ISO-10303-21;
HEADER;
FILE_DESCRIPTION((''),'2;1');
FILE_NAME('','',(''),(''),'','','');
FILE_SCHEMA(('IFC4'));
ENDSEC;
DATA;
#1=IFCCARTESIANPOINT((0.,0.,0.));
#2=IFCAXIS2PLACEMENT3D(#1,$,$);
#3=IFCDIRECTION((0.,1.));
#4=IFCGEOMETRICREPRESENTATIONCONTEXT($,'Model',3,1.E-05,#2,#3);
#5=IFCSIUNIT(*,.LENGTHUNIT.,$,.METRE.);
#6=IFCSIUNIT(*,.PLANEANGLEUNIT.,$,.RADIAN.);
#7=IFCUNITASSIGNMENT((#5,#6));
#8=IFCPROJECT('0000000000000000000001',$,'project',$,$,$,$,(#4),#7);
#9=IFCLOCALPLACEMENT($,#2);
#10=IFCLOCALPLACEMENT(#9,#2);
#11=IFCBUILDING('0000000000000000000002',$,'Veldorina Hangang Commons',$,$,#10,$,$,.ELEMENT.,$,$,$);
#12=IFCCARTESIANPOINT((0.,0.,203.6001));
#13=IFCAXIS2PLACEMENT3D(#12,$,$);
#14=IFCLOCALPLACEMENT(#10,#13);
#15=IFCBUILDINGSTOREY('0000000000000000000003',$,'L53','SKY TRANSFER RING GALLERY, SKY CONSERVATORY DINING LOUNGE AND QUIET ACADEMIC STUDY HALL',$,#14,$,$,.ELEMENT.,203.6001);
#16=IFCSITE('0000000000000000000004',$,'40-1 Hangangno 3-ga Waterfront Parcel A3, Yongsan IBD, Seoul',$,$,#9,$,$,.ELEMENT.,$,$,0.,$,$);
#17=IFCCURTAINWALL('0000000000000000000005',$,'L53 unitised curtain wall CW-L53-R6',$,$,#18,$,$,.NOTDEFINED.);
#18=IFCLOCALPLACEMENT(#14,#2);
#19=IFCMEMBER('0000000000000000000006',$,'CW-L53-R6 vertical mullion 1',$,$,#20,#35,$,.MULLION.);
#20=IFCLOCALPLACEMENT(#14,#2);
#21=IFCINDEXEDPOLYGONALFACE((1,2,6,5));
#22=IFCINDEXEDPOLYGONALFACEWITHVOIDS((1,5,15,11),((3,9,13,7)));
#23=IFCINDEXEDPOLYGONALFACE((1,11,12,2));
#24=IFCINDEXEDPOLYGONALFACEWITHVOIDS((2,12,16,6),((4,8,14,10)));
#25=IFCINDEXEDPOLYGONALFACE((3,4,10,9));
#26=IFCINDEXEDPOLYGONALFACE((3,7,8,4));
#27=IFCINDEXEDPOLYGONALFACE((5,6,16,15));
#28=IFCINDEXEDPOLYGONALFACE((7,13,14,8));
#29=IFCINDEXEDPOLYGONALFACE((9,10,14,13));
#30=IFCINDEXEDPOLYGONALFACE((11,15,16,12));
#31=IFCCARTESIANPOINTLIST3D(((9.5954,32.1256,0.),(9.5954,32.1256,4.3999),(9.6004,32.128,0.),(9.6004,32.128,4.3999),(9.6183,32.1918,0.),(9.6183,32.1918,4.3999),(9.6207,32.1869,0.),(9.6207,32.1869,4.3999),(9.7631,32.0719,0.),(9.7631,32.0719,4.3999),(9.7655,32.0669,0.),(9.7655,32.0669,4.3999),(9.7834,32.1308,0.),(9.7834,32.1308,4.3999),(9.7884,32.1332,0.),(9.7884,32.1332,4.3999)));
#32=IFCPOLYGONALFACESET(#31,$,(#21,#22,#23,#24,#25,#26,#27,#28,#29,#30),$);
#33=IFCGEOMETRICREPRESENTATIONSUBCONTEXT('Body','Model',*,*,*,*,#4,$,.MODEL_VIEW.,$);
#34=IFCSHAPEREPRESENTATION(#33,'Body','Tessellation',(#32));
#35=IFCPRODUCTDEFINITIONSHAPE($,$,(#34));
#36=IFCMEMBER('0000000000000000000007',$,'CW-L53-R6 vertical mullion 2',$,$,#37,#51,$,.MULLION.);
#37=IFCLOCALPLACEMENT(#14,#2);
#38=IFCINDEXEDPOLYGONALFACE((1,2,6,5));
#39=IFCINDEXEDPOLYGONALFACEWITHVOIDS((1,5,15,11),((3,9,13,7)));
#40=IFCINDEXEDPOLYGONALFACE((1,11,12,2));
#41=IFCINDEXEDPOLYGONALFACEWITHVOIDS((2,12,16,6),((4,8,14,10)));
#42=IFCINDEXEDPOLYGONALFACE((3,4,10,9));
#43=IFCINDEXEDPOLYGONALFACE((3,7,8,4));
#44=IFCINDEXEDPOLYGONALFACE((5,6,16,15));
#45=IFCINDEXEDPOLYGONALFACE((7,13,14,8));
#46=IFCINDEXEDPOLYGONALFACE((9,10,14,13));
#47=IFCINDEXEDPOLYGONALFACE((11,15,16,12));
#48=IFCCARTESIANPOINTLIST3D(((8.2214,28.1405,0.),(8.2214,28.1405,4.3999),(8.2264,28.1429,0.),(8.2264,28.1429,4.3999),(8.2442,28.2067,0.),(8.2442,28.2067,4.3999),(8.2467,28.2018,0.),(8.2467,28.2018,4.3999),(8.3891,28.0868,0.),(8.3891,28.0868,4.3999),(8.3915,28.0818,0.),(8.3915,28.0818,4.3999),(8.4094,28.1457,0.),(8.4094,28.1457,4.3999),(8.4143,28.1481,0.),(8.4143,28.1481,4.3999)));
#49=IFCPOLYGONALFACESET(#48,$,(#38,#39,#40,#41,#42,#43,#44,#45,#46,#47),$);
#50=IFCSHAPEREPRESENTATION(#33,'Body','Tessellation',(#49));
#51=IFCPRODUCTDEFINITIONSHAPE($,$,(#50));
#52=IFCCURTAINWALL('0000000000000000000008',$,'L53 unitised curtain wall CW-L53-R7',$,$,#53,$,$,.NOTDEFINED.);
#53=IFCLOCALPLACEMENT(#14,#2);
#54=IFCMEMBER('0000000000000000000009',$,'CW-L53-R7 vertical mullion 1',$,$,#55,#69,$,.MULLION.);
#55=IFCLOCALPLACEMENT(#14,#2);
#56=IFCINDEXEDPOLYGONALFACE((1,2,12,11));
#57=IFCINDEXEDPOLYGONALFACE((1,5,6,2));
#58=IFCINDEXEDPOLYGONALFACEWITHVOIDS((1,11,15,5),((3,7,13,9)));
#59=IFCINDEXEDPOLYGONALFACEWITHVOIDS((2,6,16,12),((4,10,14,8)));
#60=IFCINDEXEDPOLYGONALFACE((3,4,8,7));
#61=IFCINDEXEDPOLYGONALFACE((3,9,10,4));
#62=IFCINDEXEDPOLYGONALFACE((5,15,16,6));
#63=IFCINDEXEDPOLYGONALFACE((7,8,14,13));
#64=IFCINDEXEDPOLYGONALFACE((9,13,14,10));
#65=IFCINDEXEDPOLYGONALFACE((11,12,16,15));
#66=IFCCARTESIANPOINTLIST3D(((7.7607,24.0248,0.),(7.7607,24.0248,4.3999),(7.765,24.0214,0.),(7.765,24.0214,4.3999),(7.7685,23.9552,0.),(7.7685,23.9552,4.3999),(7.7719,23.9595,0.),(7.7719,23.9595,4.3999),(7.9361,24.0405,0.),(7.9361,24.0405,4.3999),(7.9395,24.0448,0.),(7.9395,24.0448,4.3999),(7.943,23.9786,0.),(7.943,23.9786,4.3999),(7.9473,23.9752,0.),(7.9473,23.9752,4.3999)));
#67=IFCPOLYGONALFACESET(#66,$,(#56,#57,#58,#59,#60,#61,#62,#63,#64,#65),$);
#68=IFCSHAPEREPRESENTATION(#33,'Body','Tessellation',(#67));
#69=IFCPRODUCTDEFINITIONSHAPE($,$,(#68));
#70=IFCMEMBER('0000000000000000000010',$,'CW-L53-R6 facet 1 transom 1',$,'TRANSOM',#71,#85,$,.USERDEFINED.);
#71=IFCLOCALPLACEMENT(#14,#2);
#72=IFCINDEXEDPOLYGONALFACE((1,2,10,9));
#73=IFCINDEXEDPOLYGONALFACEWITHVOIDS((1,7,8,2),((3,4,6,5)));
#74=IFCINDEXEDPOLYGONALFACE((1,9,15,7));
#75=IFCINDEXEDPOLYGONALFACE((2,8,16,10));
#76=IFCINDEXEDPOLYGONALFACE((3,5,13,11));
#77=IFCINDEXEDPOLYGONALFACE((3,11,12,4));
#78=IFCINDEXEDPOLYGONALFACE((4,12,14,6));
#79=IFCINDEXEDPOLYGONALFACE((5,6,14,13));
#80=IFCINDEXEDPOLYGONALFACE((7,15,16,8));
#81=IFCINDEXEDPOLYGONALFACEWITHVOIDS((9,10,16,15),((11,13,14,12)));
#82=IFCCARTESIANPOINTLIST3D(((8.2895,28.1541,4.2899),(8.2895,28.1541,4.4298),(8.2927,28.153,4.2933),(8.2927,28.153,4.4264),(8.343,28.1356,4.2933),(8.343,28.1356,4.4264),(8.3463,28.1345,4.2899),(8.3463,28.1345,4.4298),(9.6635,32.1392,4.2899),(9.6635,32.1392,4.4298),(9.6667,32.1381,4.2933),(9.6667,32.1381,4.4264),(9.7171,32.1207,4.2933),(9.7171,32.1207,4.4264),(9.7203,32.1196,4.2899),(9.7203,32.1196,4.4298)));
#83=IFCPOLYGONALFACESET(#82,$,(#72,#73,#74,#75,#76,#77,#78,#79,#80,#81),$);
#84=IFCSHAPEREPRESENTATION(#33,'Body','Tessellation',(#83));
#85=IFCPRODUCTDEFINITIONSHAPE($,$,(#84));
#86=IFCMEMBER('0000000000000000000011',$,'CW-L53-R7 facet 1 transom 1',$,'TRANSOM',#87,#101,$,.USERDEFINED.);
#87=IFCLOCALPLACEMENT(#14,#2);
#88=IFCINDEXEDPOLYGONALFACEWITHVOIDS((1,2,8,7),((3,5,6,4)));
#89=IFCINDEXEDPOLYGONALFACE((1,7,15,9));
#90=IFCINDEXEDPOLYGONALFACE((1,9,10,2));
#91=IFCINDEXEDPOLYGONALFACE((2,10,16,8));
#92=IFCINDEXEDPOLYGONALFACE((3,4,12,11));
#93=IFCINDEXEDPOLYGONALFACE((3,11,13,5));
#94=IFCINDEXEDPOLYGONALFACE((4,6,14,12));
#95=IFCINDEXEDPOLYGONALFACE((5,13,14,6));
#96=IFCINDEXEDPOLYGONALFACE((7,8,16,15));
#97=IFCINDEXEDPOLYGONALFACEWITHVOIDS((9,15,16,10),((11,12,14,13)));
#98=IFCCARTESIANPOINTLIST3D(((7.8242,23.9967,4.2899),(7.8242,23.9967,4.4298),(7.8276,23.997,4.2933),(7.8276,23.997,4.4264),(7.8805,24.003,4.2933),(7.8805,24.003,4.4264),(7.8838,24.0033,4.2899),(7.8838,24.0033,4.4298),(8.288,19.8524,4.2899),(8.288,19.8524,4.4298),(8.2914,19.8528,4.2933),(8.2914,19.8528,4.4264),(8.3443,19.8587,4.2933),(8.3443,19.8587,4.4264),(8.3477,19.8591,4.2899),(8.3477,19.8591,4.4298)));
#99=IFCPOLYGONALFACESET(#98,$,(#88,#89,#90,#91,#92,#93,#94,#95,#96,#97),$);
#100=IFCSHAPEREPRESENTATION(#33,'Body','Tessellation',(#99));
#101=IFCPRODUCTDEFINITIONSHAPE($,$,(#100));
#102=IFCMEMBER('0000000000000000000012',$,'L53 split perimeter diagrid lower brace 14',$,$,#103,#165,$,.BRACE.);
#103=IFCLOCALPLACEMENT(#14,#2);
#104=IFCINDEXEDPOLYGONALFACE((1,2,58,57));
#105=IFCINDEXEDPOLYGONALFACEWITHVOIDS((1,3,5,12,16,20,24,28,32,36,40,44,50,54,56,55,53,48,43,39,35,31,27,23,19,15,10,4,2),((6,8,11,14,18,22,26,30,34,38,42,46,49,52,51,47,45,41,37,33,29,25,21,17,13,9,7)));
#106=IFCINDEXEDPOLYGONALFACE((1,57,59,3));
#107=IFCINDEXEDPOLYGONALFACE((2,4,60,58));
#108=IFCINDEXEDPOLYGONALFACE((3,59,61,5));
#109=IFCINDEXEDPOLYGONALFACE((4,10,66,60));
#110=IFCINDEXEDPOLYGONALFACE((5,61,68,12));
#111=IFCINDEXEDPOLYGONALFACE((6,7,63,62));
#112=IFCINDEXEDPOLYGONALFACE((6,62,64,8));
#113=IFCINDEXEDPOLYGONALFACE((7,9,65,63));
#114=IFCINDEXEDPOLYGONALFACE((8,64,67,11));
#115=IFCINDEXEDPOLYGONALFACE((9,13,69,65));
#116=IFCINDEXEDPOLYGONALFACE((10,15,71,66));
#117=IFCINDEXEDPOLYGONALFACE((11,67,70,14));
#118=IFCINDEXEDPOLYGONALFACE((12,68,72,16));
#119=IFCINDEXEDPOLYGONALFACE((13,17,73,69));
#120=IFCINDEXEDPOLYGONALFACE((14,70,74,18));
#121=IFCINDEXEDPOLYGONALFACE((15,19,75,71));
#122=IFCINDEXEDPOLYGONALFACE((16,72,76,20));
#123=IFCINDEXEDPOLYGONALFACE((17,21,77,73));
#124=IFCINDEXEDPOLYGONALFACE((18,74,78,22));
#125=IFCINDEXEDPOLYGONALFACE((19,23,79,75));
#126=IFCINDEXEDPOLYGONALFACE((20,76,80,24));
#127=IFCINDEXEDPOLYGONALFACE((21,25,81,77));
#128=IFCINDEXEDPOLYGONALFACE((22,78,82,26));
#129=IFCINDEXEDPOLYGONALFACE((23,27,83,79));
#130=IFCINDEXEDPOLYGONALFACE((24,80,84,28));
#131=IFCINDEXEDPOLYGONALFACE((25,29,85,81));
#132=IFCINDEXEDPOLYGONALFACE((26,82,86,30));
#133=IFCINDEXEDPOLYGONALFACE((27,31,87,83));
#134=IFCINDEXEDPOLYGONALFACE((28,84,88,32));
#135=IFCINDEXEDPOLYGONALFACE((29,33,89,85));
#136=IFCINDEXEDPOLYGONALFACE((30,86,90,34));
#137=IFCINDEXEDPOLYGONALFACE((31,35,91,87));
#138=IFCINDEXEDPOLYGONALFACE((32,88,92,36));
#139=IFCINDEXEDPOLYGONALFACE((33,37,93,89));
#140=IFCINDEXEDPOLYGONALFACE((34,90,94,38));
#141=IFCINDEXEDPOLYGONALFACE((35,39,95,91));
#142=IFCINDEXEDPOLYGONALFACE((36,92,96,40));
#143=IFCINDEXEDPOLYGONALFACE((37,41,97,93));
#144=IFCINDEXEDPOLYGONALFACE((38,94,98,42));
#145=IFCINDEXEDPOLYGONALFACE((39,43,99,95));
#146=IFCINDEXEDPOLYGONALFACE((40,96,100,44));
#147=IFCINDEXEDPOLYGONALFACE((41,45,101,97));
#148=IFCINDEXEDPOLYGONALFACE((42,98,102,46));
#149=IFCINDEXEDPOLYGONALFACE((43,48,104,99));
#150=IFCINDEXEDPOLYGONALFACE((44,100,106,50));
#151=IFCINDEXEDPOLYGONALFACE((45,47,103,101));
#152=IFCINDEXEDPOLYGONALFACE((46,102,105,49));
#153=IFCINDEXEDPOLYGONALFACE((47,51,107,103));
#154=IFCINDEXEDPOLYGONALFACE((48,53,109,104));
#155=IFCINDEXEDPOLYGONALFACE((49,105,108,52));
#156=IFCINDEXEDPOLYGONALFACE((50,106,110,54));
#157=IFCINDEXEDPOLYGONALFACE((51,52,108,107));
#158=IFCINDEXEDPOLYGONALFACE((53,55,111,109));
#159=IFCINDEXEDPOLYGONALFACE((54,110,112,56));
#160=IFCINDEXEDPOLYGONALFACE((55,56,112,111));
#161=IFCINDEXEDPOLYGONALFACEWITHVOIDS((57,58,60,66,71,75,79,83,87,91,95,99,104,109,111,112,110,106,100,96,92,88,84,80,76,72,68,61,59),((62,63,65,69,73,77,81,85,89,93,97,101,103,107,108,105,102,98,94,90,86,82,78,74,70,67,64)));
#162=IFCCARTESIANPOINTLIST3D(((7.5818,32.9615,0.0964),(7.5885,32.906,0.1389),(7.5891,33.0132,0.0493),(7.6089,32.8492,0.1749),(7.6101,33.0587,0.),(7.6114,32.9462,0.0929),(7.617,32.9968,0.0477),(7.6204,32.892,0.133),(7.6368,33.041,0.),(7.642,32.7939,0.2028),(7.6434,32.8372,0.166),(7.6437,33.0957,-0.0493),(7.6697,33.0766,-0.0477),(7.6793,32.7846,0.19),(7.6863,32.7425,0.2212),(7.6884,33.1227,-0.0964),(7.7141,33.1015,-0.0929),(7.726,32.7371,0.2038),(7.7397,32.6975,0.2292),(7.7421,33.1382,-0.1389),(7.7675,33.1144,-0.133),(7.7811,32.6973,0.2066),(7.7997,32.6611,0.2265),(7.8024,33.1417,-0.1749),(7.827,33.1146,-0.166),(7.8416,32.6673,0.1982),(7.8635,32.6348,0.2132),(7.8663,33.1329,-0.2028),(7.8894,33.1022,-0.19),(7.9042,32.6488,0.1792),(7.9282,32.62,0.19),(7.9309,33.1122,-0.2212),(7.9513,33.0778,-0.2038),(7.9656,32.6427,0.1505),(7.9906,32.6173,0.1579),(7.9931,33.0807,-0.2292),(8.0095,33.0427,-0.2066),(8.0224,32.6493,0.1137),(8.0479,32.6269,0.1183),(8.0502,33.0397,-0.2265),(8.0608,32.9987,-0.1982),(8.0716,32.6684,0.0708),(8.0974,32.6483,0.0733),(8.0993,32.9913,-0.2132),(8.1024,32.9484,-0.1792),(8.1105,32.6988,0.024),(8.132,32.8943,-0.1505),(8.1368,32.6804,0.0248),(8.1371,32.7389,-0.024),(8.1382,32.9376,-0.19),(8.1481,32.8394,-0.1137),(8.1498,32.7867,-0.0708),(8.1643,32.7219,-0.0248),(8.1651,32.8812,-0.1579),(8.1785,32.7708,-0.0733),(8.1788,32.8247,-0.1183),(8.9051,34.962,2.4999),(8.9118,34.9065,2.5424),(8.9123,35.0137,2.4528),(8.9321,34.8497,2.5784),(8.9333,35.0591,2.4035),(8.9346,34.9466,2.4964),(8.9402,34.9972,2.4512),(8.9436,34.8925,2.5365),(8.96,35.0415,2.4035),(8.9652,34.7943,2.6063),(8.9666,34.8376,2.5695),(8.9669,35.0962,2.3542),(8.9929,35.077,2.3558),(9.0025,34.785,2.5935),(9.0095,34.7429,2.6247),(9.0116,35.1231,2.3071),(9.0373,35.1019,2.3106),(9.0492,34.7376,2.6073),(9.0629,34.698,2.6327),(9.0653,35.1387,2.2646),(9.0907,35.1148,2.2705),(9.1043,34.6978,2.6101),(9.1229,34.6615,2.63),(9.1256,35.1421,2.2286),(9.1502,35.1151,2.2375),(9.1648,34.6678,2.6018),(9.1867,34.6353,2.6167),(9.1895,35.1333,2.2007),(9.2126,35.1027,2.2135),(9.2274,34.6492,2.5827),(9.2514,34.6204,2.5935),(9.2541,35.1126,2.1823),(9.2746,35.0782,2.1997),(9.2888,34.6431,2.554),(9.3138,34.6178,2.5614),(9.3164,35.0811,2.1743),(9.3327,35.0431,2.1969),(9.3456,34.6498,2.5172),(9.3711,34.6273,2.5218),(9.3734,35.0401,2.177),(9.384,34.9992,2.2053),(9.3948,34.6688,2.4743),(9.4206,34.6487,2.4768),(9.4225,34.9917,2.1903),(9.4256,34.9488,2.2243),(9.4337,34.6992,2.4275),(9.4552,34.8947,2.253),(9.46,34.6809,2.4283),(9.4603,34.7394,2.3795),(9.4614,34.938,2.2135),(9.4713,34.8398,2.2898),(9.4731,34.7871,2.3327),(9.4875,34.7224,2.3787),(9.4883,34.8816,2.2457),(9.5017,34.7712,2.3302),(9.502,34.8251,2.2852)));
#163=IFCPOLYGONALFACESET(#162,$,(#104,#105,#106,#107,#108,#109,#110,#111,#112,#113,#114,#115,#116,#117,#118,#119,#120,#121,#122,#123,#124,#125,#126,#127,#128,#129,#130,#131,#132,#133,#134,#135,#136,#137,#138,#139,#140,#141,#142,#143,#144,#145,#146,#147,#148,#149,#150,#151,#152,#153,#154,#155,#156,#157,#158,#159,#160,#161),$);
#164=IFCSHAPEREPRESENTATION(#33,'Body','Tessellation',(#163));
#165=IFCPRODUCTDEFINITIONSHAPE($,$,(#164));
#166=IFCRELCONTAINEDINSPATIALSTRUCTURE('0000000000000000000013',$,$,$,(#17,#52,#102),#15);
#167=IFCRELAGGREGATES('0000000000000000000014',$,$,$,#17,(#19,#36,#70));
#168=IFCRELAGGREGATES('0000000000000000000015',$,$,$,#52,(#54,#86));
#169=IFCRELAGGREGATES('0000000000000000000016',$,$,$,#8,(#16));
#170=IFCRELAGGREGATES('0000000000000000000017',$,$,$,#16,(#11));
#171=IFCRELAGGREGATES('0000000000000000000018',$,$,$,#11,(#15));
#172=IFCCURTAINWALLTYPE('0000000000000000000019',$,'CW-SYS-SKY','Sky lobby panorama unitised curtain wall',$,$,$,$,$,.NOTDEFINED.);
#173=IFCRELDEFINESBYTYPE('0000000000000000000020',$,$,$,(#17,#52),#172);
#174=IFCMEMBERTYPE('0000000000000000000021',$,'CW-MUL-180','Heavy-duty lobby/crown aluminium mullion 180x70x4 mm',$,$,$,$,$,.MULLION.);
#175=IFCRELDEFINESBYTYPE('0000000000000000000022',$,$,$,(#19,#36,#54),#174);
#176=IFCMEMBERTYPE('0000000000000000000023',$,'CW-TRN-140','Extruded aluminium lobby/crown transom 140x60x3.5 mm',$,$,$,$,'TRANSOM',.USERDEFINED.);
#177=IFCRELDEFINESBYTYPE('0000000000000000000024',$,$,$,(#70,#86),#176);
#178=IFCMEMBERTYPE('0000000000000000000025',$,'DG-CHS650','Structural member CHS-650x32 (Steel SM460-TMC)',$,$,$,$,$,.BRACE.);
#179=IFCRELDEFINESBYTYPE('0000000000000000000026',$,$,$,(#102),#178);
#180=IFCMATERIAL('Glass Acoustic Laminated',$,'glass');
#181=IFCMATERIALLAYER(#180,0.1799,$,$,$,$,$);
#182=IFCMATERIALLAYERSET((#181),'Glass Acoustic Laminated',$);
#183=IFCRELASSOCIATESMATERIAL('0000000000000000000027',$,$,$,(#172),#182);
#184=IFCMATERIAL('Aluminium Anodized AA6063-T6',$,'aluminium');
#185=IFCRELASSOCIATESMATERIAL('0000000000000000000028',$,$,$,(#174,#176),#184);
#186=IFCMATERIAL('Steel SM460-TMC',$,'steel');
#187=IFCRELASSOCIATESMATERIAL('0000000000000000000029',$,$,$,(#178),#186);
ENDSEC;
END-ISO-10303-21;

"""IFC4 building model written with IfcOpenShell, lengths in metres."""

from ifc_helpers import new_model, si_unit, direction, frame, origin, origin_2d, place, context, subcontext, project, spatial, hollow_rectangle, hollow_circle, extrude, material, layer, layer_set, material_profile, profile_set, type_object, element, aggregate, save


model = new_model("IFC4")

# Units and contexts
model_context = context("Model", 3, precision=1e-05, world=origin(), true_north=direction((0.0, 1.0)))
body_context = subcontext(model_context, "Body", "Model", "MODEL_VIEW")
ifc_project = project(units=[si_unit("LENGTHUNIT", "METRE"), si_unit("PLANEANGLEUNIT", "RADIAN")], contexts=[model_context])

# Site, building, storey
site_placement = place(None, origin())
site = spatial("IfcSite", under=ifc_project, at=site_placement, Name="40-1 Hangangno 3-ga Waterfront Parcel A3, Yongsan IBD, Seoul", CompositionType="ELEMENT", RefElevation=0.0)
building_placement = place(site_placement, origin())
building = spatial("IfcBuilding", under=site, at=building_placement, Name="Veldorina Hangang Commons", CompositionType="ELEMENT")
storey_placement = place(building_placement, frame((0.0, 0.0, 203.6001)))
storey = spatial("IfcBuildingStorey", under=building, at=storey_placement, Name="L53", Description="SKY TRANSFER RING GALLERY, SKY CONSERVATORY DINING LOUNGE AND QUIET ACADEMIC STUDY HALL", CompositionType="ELEMENT", Elevation=203.6001)

# Curtain wall, members
ifc_material_1 = material(Name="Glass Acoustic Laminated", Category="glass")
ifc_layer_1 = layer(ifc_material_1, 0.1799)
ifc_layer_set_1 = layer_set([ifc_layer_1], Name="Glass Acoustic Laminated")
curtain_wall_type = type_object("IfcCurtainWallType", Name="CW-SYS-SKY", Description="Sky lobby panorama unitised curtain wall", PredefinedType="NOTDEFINED", material=ifc_layer_set_1)
curtain_wall_1_placement = place(storey_placement, origin())
curtain_wall_1 = element("IfcCurtainWall", 1, at=curtain_wall_1_placement, inside=storey, type_object=curtain_wall_type, Name="L53 unitised curtain wall CW-L53-R6", PredefinedType="NOTDEFINED")
ifc_material_2 = material(Name="Aluminium Anodized AA6063-T6", Category="aluminium")
ifc_material_profile_1 = material_profile(ifc_material_2, hollow_rectangle(XDim=0.0701, YDim=0.1799, WallThickness=0.0039, at=origin_2d()), Name="ALU-RHS-180x70x4")
ifc_profile_set_1 = profile_set([ifc_material_profile_1], Name="Aluminium Anodized AA6063-T6")
member_type_1 = type_object("IfcMemberType", Name="CW-MUL-180", Description="Heavy-duty lobby/crown aluminium mullion 180x70x4 mm", PredefinedType="MULLION", material=ifc_profile_set_1)
member_1_placement = place(storey_placement, frame((9.6919, 32.1294, 0.0), z_axis=(0.0, 0.0, 1.0), x_axis=(-0.325964, -0.945382, 0.0)))
member_1 = element("IfcMember", 2, at=member_1_placement, type_object=member_type_1, Name="CW-L53-R6 vertical mullion 1", PredefinedType="MULLION", context=body_context, shape_type="SweptSolid", body=[
    extrude(hollow_rectangle(XDim=0.0701, YDim=0.1799, WallThickness=0.0039, at=origin_2d()), origin(), (0.0, 0.0, 1.0), 4.3999),
])
member_2_placement = place(storey_placement, frame((8.3179, 28.1443, 0.0), z_axis=(0.0, 0.0, 1.0), x_axis=(0.325964, 0.945382, 0.0)))
member_2 = element("IfcMember", 3, at=member_2_placement, type_object=member_type_1, Name="CW-L53-R6 vertical mullion 2", PredefinedType="MULLION", context=body_context, shape_type="SweptSolid", body=[
    extrude(hollow_rectangle(XDim=0.0701, YDim=0.1799, WallThickness=0.0039, at=origin_2d()), origin(), (0.0, 0.0, 1.0), 4.3999),
])

# Curtain wall, member
curtain_wall_2_placement = place(storey_placement, origin())
curtain_wall_2 = element("IfcCurtainWall", 4, at=curtain_wall_2_placement, inside=storey, type_object=curtain_wall_type, Name="L53 unitised curtain wall CW-L53-R7", PredefinedType="NOTDEFINED")
member_3_placement = place(storey_placement, frame((7.854, 24.0, 0.0), z_axis=(0.0, 0.0, 1.0), x_axis=(0.111261, -0.993791, 0.0)))
member_3 = element("IfcMember", 5, at=member_3_placement, type_object=member_type_1, Name="CW-L53-R7 vertical mullion 1", PredefinedType="MULLION", context=body_context, shape_type="SweptSolid", body=[
    extrude(hollow_rectangle(XDim=0.0701, YDim=0.1799, WallThickness=0.0039, at=origin_2d()), origin(), (0.0, 0.0, 1.0), 4.3999),
])

# Members
ifc_material_profile_2 = material_profile(ifc_material_2, hollow_rectangle(XDim=0.0601, YDim=0.1399, WallThickness=0.0034, at=origin_2d()), Name="ALU-RHS-140x60x3.5")
ifc_profile_set_2 = profile_set([ifc_material_profile_2], Name="Aluminium Anodized AA6063-T6")
member_type_2 = type_object("IfcMemberType", Name="CW-TRN-140", Description="Extruded aluminium lobby/crown transom 140x60x3.5 mm", ElementType="TRANSOM", PredefinedType="USERDEFINED", material=ifc_profile_set_2)
member_4_placement = place(storey_placement, frame((9.6919, 32.1294, 4.3599), z_axis=(-0.325959, -0.945384, 0.0), x_axis=(0.945384, -0.325959, 0.0)))
member_4 = element("IfcMember", 6, at=member_4_placement, type_object=member_type_2, Name="CW-L53-R6 facet 1 transom 1", ObjectType="TRANSOM", PredefinedType="USERDEFINED", context=body_context, shape_type="SweptSolid", body=[
    extrude(hollow_rectangle(XDim=0.0601, YDim=0.1399, WallThickness=0.0034, at=origin_2d()), origin(), (0.0, 0.0, 1.0), 4.2153),
])
member_5_placement = place(storey_placement, frame((7.854, 24.0, 4.3599), z_axis=(0.111235, -0.993794, 0.0), x_axis=(0.993794, 0.111235, 0.0)))
member_5 = element("IfcMember", 7, at=member_5_placement, type_object=member_type_2, Name="CW-L53-R7 facet 1 transom 1", ObjectType="TRANSOM", PredefinedType="USERDEFINED", context=body_context, shape_type="SweptSolid", body=[
    extrude(hollow_rectangle(XDim=0.0601, YDim=0.1399, WallThickness=0.0034, at=origin_2d()), origin(), (0.0, 0.0, 1.0), 4.1702),
])

# Member
ifc_material_3 = material(Name="Steel SM460-TMC", Category="steel")
ifc_material_profile_3 = material_profile(ifc_material_3, hollow_circle(Radius=0.325, WallThickness=0.032, at=origin_2d()), Name="CHS-650x32")
ifc_profile_set_3 = profile_set([ifc_material_profile_3], Name="Steel SM460-TMC")
member_type_3 = type_object("IfcMemberType", Name="DG-CHS650", Description="Structural member CHS-650x32 (Steel SM460-TMC)", PredefinedType="BRACE", material=ifc_profile_set_3)
member_6_placement = place(storey_placement, frame((7.8811, 32.8794, 0.0), z_axis=(0.389694, 0.589143, 0.707848), x_axis=(-0.834049, 0.55169, 0.0)))
element("IfcMember", 8, at=member_6_placement, inside=storey, type_object=member_type_3, Name="L53 split perimeter diagrid lower brace 14", PredefinedType="BRACE", context=body_context, shape_type="SweptSolid", body=[
    extrude(hollow_circle(Radius=0.325, WallThickness=0.032, at=origin_2d()), origin(), (0.0, 0.0, 1.0), 3.3955),
])

aggregate(curtain_wall_1, [member_1, member_2, member_4])
aggregate(curtain_wall_2, [member_3, member_5])

save(model, "model.ifc")
